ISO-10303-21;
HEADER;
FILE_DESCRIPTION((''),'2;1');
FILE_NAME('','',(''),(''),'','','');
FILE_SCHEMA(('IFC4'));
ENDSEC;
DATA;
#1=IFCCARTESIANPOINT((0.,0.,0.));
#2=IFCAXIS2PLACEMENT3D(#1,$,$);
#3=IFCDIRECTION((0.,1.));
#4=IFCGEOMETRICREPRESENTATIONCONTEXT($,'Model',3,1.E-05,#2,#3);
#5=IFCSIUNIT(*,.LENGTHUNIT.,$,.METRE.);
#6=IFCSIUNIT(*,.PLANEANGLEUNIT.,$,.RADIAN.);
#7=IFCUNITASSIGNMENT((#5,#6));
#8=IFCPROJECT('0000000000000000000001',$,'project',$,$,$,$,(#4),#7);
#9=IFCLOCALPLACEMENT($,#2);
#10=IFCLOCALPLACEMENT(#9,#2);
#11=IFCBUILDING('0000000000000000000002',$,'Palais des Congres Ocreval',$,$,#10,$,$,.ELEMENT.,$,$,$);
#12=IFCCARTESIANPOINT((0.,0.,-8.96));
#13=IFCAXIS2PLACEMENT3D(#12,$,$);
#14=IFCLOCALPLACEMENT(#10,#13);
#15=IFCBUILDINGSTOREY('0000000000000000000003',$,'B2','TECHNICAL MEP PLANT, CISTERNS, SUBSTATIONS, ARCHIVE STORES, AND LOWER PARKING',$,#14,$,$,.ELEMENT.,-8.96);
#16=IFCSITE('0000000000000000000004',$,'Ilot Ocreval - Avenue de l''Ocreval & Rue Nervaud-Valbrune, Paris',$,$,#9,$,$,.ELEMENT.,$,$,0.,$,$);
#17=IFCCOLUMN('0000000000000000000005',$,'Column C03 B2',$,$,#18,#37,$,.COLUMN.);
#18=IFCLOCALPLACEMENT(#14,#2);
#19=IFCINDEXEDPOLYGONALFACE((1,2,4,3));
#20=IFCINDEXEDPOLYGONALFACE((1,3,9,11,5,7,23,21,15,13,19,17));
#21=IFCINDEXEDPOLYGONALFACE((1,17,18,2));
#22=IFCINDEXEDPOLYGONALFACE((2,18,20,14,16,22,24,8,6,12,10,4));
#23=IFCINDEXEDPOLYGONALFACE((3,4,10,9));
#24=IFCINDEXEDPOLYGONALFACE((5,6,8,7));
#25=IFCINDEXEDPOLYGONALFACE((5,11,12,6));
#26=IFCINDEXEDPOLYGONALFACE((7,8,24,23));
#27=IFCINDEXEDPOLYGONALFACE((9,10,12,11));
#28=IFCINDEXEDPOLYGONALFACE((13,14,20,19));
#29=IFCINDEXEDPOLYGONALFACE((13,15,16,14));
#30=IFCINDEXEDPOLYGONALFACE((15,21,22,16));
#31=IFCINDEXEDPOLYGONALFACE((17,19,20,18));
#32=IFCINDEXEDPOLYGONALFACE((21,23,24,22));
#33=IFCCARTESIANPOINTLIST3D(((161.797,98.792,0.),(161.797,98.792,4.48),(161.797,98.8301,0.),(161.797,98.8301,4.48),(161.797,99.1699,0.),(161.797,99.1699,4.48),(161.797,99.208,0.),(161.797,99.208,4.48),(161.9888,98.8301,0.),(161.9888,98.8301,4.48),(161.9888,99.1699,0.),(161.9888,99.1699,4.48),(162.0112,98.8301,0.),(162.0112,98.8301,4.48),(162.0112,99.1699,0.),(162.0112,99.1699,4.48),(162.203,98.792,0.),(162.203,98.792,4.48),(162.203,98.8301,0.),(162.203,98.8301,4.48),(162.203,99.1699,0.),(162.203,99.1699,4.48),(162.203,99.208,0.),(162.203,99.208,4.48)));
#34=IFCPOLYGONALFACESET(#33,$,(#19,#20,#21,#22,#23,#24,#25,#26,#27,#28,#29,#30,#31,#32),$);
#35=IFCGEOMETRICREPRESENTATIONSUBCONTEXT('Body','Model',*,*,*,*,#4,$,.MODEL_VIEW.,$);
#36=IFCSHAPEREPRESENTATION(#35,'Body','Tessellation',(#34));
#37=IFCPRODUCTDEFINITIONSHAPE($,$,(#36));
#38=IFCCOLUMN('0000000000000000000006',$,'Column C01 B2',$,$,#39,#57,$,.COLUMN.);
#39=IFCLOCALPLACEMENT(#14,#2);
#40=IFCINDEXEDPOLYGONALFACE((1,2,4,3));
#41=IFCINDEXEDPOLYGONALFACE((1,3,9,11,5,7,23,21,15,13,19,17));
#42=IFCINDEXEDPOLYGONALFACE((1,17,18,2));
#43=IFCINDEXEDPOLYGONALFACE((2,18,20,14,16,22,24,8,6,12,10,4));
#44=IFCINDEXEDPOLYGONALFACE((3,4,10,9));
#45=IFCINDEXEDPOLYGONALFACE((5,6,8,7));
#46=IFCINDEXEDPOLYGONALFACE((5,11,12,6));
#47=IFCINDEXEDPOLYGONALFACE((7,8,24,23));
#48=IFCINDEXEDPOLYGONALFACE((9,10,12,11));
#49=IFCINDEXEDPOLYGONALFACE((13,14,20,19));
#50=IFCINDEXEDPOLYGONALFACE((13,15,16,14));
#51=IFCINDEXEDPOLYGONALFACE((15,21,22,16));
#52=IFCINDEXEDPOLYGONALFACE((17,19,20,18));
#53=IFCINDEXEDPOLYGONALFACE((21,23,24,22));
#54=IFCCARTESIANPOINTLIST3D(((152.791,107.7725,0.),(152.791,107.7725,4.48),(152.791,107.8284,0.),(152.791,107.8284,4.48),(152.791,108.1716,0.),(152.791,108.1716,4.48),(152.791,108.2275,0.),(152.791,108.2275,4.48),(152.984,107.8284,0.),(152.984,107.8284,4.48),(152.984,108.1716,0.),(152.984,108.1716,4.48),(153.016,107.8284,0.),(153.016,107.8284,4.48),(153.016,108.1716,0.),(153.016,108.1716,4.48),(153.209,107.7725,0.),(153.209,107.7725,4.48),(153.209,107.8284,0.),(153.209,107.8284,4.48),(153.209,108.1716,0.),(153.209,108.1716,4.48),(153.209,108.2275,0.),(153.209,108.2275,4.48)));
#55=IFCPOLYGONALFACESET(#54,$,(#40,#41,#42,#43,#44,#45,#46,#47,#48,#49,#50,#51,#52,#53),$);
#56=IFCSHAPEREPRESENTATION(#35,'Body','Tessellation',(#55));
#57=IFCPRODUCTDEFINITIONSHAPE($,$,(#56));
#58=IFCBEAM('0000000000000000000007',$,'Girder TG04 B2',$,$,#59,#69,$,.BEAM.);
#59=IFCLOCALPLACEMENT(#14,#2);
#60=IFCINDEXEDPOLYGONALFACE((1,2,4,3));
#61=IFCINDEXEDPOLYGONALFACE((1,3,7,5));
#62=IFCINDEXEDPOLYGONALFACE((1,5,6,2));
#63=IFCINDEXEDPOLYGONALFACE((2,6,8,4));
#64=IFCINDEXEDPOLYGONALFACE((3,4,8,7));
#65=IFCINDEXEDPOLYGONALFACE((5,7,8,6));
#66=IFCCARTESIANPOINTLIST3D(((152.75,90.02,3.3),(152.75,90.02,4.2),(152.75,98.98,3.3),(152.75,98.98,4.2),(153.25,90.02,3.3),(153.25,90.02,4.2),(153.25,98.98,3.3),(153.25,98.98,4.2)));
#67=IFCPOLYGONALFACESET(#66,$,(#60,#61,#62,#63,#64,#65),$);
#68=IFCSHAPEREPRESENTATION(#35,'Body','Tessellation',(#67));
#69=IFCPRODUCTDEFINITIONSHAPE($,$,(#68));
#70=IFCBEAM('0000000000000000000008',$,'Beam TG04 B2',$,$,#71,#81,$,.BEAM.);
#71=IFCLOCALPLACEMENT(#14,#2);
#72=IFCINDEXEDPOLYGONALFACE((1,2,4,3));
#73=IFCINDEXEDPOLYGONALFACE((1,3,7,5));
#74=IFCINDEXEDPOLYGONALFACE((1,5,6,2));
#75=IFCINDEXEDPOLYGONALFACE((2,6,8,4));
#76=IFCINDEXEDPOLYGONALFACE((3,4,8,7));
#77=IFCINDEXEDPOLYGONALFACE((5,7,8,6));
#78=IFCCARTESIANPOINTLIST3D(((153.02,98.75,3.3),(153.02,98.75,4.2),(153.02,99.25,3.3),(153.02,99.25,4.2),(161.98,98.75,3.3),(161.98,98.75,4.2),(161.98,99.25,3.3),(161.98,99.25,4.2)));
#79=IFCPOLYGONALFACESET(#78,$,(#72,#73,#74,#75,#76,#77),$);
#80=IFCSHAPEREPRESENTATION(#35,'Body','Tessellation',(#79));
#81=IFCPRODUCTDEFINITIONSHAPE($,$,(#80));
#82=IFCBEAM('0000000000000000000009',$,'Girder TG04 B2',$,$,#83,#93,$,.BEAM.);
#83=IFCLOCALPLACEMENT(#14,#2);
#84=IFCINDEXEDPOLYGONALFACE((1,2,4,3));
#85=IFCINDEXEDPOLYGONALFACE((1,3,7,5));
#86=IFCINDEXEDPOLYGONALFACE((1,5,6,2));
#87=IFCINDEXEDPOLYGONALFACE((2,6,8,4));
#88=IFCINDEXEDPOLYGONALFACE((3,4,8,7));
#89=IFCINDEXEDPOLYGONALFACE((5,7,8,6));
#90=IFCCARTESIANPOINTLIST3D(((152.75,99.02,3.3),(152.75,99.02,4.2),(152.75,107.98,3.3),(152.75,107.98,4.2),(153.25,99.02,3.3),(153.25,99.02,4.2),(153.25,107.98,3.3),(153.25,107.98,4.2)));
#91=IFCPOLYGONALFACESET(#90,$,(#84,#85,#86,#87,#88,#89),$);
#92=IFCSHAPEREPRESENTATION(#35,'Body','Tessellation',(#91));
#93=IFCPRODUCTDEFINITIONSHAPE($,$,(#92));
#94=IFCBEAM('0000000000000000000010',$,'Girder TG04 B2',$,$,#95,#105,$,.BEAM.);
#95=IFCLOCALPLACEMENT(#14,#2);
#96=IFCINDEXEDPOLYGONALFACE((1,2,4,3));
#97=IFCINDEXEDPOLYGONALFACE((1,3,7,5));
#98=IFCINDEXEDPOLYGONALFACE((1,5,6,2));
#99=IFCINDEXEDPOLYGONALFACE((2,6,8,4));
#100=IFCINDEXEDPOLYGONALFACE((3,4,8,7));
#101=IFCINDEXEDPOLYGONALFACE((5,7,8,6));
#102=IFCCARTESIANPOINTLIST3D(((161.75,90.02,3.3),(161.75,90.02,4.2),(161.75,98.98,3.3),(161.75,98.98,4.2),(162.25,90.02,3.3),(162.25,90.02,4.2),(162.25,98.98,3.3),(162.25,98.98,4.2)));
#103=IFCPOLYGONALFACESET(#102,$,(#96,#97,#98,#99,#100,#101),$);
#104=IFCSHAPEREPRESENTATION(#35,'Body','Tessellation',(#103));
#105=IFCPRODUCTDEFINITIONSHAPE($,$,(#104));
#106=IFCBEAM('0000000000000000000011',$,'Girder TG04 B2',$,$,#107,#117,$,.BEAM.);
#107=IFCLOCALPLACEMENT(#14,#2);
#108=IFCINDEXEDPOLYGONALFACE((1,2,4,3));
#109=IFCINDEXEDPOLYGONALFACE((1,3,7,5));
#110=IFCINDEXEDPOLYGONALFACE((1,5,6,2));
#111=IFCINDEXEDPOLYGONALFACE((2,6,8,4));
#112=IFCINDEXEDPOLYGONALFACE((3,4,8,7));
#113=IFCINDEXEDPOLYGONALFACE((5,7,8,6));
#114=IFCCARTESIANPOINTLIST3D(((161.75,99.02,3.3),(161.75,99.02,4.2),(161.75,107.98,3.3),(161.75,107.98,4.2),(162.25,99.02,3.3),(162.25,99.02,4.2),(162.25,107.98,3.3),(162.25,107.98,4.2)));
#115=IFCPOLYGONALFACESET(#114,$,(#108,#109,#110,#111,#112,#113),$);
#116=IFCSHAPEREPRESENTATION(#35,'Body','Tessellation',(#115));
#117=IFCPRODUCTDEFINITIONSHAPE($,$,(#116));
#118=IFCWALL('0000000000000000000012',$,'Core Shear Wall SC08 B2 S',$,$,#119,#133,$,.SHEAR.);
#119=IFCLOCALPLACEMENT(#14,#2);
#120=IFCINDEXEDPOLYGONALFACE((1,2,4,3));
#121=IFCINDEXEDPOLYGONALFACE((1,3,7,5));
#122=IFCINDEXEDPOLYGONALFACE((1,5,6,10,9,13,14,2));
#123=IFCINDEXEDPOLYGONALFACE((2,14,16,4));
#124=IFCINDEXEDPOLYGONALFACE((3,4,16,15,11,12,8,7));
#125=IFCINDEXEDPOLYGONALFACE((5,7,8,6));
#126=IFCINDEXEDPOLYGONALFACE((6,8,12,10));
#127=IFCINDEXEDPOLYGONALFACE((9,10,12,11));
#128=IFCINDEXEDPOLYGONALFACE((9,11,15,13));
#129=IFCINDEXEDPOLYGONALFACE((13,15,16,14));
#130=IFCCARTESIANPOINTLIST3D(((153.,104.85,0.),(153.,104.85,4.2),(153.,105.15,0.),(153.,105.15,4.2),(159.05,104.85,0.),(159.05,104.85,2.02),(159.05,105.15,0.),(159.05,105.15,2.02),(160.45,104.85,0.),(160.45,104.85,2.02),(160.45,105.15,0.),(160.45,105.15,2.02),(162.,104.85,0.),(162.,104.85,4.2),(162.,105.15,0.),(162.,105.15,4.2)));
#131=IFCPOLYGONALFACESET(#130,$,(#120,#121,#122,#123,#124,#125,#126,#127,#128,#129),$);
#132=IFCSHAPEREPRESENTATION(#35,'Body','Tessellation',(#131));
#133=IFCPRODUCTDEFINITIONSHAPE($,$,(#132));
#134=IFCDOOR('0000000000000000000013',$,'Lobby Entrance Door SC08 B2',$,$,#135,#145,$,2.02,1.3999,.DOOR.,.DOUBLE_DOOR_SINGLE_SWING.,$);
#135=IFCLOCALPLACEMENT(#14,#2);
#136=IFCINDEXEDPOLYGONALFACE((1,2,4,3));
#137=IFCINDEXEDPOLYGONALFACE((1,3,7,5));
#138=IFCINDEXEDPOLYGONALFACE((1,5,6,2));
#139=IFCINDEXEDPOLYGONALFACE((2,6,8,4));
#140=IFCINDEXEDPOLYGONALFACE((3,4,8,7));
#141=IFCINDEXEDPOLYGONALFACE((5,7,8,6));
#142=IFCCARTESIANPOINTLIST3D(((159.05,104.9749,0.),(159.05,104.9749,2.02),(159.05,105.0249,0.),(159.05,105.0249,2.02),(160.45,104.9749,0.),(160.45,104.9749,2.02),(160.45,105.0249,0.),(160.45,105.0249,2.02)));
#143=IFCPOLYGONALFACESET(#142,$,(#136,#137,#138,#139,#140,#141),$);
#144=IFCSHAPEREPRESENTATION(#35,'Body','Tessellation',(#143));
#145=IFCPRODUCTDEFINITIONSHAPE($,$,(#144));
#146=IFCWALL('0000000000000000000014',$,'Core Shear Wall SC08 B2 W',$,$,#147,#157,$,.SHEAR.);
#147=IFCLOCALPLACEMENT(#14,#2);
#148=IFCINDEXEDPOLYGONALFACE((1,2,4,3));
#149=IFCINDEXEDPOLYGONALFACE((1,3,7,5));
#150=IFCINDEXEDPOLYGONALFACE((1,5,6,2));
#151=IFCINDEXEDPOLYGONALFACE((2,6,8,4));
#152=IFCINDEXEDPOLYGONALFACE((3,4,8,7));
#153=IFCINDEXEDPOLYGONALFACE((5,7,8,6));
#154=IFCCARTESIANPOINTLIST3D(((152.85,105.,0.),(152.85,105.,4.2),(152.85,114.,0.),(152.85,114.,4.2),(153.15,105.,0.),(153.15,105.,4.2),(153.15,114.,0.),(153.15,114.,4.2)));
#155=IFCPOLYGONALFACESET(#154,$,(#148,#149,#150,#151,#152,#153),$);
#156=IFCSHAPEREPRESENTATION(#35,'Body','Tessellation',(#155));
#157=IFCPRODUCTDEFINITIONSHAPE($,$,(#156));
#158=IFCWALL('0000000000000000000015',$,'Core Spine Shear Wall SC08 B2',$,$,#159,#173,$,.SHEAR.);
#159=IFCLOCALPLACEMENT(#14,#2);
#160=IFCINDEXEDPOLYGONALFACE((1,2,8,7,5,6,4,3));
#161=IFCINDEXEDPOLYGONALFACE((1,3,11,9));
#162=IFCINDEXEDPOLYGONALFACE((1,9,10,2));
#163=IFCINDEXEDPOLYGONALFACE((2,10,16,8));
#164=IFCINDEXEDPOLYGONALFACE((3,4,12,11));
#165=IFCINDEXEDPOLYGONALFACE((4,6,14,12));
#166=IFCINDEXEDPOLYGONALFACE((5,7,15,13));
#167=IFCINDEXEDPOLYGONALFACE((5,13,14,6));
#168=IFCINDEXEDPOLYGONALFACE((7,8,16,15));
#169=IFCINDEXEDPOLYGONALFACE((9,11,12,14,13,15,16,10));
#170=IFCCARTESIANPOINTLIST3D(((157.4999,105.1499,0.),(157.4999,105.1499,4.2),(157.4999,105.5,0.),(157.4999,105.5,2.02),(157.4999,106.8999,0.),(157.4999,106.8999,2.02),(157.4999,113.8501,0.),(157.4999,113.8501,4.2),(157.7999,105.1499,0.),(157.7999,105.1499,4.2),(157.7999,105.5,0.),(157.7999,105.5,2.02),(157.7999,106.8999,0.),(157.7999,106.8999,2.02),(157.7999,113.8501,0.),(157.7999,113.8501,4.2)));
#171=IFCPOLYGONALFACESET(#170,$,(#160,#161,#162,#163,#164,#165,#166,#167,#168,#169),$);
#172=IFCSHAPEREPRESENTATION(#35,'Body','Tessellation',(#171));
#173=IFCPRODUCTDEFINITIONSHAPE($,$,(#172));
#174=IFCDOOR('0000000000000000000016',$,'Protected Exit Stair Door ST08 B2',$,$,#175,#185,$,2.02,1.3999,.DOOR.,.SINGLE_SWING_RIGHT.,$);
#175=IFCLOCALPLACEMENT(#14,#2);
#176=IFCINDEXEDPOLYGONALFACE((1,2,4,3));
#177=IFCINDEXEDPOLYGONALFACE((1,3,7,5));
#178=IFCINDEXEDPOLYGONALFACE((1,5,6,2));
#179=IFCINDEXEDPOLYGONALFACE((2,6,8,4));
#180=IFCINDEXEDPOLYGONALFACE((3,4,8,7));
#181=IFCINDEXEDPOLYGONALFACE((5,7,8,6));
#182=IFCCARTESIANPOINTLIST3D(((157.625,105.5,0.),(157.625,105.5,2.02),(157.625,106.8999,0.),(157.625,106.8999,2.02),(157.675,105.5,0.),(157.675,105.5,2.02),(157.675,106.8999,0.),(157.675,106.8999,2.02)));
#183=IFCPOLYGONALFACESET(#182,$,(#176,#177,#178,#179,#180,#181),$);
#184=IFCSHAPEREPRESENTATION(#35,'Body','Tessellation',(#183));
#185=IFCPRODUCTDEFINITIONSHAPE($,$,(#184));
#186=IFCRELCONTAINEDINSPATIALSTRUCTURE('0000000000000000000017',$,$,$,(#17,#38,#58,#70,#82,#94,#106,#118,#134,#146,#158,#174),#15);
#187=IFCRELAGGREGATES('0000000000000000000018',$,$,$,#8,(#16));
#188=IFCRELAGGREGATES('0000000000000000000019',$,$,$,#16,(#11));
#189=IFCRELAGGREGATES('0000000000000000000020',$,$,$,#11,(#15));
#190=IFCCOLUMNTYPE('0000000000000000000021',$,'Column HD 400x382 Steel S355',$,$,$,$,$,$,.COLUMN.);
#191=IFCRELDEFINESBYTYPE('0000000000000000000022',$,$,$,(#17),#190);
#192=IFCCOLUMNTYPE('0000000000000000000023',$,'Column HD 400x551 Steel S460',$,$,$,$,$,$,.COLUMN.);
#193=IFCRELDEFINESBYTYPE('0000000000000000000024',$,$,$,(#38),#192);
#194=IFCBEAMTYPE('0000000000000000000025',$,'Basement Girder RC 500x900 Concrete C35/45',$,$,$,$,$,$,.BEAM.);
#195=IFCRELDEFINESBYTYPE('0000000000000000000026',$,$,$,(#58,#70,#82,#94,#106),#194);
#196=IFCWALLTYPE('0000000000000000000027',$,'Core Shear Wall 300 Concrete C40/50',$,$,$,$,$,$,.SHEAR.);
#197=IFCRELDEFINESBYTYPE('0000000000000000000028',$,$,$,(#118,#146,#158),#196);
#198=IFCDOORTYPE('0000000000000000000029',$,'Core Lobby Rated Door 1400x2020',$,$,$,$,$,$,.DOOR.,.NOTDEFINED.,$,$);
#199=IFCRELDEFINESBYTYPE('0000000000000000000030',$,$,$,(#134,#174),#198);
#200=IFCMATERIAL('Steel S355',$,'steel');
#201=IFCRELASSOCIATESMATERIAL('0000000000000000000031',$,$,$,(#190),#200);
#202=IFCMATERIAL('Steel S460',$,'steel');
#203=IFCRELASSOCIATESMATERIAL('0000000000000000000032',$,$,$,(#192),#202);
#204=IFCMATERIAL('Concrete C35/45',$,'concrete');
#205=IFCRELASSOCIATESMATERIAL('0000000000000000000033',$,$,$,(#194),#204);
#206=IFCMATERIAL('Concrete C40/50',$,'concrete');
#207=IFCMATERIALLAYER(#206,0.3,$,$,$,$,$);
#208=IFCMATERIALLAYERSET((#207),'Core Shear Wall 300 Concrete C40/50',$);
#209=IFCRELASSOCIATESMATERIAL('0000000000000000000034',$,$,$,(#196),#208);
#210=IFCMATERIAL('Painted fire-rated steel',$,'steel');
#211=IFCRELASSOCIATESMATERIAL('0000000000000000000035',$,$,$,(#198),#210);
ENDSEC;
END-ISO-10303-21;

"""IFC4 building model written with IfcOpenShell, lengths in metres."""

from ifc_helpers import new_model, si_unit, direction, frame, frame_2d, origin, origin_2d, place, context, subcontext, project, spatial, rectangle, i_section, extrude, material, layer, layer_set, material_profile, profile_set, type_object, element, fill, save


model = new_model("IFC4")

# Units and contexts
model_context = context("Model", 3, precision=1e-05, world=origin(), true_north=direction((0.0, 1.0)))
body_context = subcontext(model_context, "Body", "Model", "MODEL_VIEW")
ifc_project = project(units=[si_unit("LENGTHUNIT", "METRE"), si_unit("PLANEANGLEUNIT", "RADIAN")], contexts=[model_context])

# Site, building, storey
site_placement = place(None, origin())
site = spatial("IfcSite", under=ifc_project, at=site_placement, Name="Ilot Ocreval - Avenue de l'Ocreval & Rue Nervaud-Valbrune, Paris", CompositionType="ELEMENT", RefElevation=0.0)
building_placement = place(site_placement, origin())
building = spatial("IfcBuilding", under=site, at=building_placement, Name="Palais des Congres Ocreval", CompositionType="ELEMENT")
storey_placement = place(building_placement, frame((0.0, 0.0, -8.96)))
storey = spatial("IfcBuildingStorey", under=building, at=storey_placement, Name="B2", Description="TECHNICAL MEP PLANT, CISTERNS, SUBSTATIONS, ARCHIVE STORES, AND LOWER PARKING", CompositionType="ELEMENT", Elevation=-8.96)

# Shared definitions
ifc_material_1 = material(Name="Concrete C35/45", Category="concrete")

# Columns
ifc_material_2 = material(Name="Steel S355", Category="steel")
ifc_material_profile_1 = material_profile(ifc_material_2, i_section(OverallWidth=0.406, OverallDepth=0.416, WebThickness=0.0225, FlangeThickness=0.0381, at=origin_2d()), Name="HD 400x382")
ifc_profile_set_1 = profile_set([ifc_material_profile_1], Name="Steel S355")
column_type_1 = type_object("IfcColumnType", Name="Column HD 400x382 Steel S355", PredefinedType="COLUMN", material=ifc_profile_set_1)
for number, where, z_axis, x_axis, name in (
    (1, (162.0, 99.0, 0.0), (0.0, 0.0, 1.0), (1.0, 0.0, 0.0), "Column C03 B2"),
):
    element("IfcColumn", number, at=place(storey_placement, frame(where, z_axis=z_axis, x_axis=x_axis)), inside=storey, type_object=column_type_1, Name=name, PredefinedType="COLUMN", context=body_context, shape_type="SweptSolid", body=[
        extrude(i_section(OverallWidth=0.406, OverallDepth=0.416, WebThickness=0.0225, FlangeThickness=0.0381, at=origin_2d()), origin(), (0.0, 0.0, 1.0), 4.48),
    ])
ifc_material_3 = material(Name="Steel S460", Category="steel")
ifc_material_profile_2 = material_profile(ifc_material_3, i_section(OverallWidth=0.418, OverallDepth=0.4551, WebThickness=0.032, FlangeThickness=0.0559, at=origin_2d()), Name="HD 400x551")
ifc_profile_set_2 = profile_set([ifc_material_profile_2], Name="Steel S460")
column_type_2 = type_object("IfcColumnType", Name="Column HD 400x551 Steel S460", PredefinedType="COLUMN", material=ifc_profile_set_2)
column_placement = place(storey_placement, frame((153.0, 108.0, 0.0), z_axis=(0.0, 0.0, 1.0), x_axis=(1.0, 0.0, 0.0)))
element("IfcColumn", 2, at=column_placement, inside=storey, type_object=column_type_2, Name="Column C01 B2", PredefinedType="COLUMN", context=body_context, shape_type="SweptSolid", body=[
    extrude(i_section(OverallWidth=0.418, OverallDepth=0.4551, WebThickness=0.032, FlangeThickness=0.0559, at=origin_2d()), origin(), (0.0, 0.0, 1.0), 4.48),
])

# Beams
ifc_material_profile_3 = material_profile(ifc_material_1, rectangle(XDim=0.5, YDim=0.8999, at=origin_2d()), Name="RC 500x900")
ifc_profile_set_3 = profile_set([ifc_material_profile_3], Name="Concrete C35/45")
beam_type = type_object("IfcBeamType", Name="Basement Girder RC 500x900 Concrete C35/45", PredefinedType="BEAM", material=ifc_profile_set_3)
for number, where, z_axis, x_axis, name in (
    (3, (153.0, 90.02, 3.75), (0.0, 1.0, 0.0), (-1.0, 0.0, 0.0), "Girder TG04 B2"),
    (4, (153.02, 99.0, 3.75), (1.0, 0.0, 0.0), (0.0, 1.0, 0.0), "Beam TG04 B2"),
    (5, (153.0, 99.02, 3.75), (0.0, 1.0, 0.0), (-1.0, 0.0, 0.0), "Girder TG04 B2"),
    (6, (162.0, 90.02, 3.75), (0.0, 1.0, 0.0), (-1.0, 0.0, 0.0), "Girder TG04 B2"),
    (7, (162.0, 99.02, 3.75), (0.0, 1.0, 0.0), (-1.0, 0.0, 0.0), "Girder TG04 B2"),
):
    element("IfcBeam", number, at=place(storey_placement, frame(where, z_axis=z_axis, x_axis=x_axis)), inside=storey, type_object=beam_type, Name=name, PredefinedType="BEAM", context=body_context, shape_type="SweptSolid", body=[
        extrude(rectangle(XDim=0.5, YDim=0.8999, at=origin_2d()), origin(), (0.0, 0.0, 1.0), 8.96),
    ])

# Wall, opening, door
ifc_material_4 = material(Name="Concrete C40/50", Category="concrete")
ifc_layer_1 = layer(ifc_material_4, 0.3)
ifc_layer_set_1 = layer_set([ifc_layer_1], Name="Core Shear Wall 300 Concrete C40/50")
wall_type_1 = type_object("IfcWallType", Name="Core Shear Wall 300 Concrete C40/50", PredefinedType="SHEAR", material=ifc_layer_set_1)
wall_1_placement = place(storey_placement, frame((153.0, 105.0, 0.0), z_axis=(0.0, 0.0, 1.0), x_axis=(1.0, 0.0, 0.0)))
wall_1 = element("IfcWall", 8, at=wall_1_placement, inside=storey, type_object=wall_type_1, Name="Core Shear Wall SC08 B2 S", PredefinedType="SHEAR", context=body_context, shape_type="SweptSolid", body=[
    extrude(rectangle(XDim=9.0, YDim=0.3, at=frame_2d((4.5, 0.0))), origin(), (0.0, 0.0, 1.0), 4.2),
])
opening_1_placement = place(wall_1_placement, frame((6.05, 0.0, 0.0)))
opening_1 = element("IfcOpeningElement", 9, at=opening_1_placement, cuts=wall_1, PredefinedType="OPENING", context=body_context, shape_type="SweptSolid", body=[
    extrude(rectangle(XDim=1.3999, YDim=2.02, at=frame_2d((0.7, 1.01))), frame((0.0, 0.1599, 0.0), z_axis=(0.0, -1.0, 0.0), x_axis=(1.0, 0.0, 0.0)), (0.0, 0.0, 1.0), 0.3201),
])
ifc_material_5 = material(Name="Painted fire-rated steel", Category="steel")
door_type_1 = type_object("IfcDoorType", Name="Core Lobby Rated Door 1400x2020", OperationType="NOTDEFINED", PredefinedType="DOOR", material=ifc_material_5)
door_1_placement = place(opening_1_placement, origin())
door_1 = element("IfcDoor", 10, at=door_1_placement, inside=storey, type_object=door_type_1, Name="Lobby Entrance Door SC08 B2", OperationType="DOUBLE_DOOR_SINGLE_SWING", OverallHeight=2.02, OverallWidth=1.3999, PredefinedType="DOOR", context=body_context, shape_type="SweptSolid", body=[
    extrude(rectangle(XDim=1.3999, YDim=2.02, at=frame_2d((0.7, 1.01))), frame((0.0, 0.0249, 0.0), z_axis=(0.0, -1.0, 0.0), x_axis=(1.0, 0.0, 0.0)), (0.0, 0.0, 1.0), 0.05),
])
fill(opening_1, door_1)

# Wall
wall_2_placement = place(storey_placement, frame((153.0, 105.0, 0.0), z_axis=(0.0, 0.0, 1.0), x_axis=(0.0, 1.0, 0.0)))
element("IfcWall", 11, at=wall_2_placement, inside=storey, type_object=wall_type_1, Name="Core Shear Wall SC08 B2 W", PredefinedType="SHEAR", context=body_context, shape_type="SweptSolid", body=[
    extrude(rectangle(XDim=9.0, YDim=0.3, at=frame_2d((4.5, 0.0))), origin(), (0.0, 0.0, 1.0), 4.2),
])

# Wall, opening, door
wall_3_placement = place(storey_placement, frame((157.6499, 105.1499, 0.0), z_axis=(0.0, 0.0, 1.0), x_axis=(0.0, 1.0, 0.0)))
wall_3 = element("IfcWall", 12, at=wall_3_placement, inside=storey, type_object=wall_type_1, Name="Core Spine Shear Wall SC08 B2", PredefinedType="SHEAR", context=body_context, shape_type="SweptSolid", body=[
    extrude(rectangle(XDim=8.7002, YDim=0.3, at=frame_2d((4.3501, 0.0))), origin(), (0.0, 0.0, 1.0), 4.2),
])
opening_2_placement = place(wall_3_placement, frame((0.3501, 0.0, 0.0)))
opening_2 = element("IfcOpeningElement", 13, at=opening_2_placement, cuts=wall_3, PredefinedType="OPENING", context=body_context, shape_type="SweptSolid", body=[
    extrude(rectangle(XDim=1.3999, YDim=2.02, at=frame_2d((0.7, 1.01))), frame((0.0, 0.1599, 0.0), z_axis=(0.0, -1.0, 0.0), x_axis=(1.0, 0.0, 0.0)), (0.0, 0.0, 1.0), 0.3201),
])
door_2_placement = place(opening_2_placement, origin())
door_2 = element("IfcDoor", 14, at=door_2_placement, inside=storey, type_object=door_type_1, Name="Protected Exit Stair Door ST08 B2", OperationType="SINGLE_SWING_RIGHT", OverallHeight=2.02, OverallWidth=1.3999, PredefinedType="DOOR", context=body_context, shape_type="SweptSolid", body=[
    extrude(rectangle(XDim=1.3999, YDim=2.02, at=frame_2d((0.7, 1.01))), frame((0.0, 0.0249, 0.0), z_axis=(0.0, -1.0, 0.0), x_axis=(1.0, 0.0, 0.0)), (0.0, 0.0, 1.0), 0.05),
])
fill(opening_2, door_2)

save(model, "model.ifc")
